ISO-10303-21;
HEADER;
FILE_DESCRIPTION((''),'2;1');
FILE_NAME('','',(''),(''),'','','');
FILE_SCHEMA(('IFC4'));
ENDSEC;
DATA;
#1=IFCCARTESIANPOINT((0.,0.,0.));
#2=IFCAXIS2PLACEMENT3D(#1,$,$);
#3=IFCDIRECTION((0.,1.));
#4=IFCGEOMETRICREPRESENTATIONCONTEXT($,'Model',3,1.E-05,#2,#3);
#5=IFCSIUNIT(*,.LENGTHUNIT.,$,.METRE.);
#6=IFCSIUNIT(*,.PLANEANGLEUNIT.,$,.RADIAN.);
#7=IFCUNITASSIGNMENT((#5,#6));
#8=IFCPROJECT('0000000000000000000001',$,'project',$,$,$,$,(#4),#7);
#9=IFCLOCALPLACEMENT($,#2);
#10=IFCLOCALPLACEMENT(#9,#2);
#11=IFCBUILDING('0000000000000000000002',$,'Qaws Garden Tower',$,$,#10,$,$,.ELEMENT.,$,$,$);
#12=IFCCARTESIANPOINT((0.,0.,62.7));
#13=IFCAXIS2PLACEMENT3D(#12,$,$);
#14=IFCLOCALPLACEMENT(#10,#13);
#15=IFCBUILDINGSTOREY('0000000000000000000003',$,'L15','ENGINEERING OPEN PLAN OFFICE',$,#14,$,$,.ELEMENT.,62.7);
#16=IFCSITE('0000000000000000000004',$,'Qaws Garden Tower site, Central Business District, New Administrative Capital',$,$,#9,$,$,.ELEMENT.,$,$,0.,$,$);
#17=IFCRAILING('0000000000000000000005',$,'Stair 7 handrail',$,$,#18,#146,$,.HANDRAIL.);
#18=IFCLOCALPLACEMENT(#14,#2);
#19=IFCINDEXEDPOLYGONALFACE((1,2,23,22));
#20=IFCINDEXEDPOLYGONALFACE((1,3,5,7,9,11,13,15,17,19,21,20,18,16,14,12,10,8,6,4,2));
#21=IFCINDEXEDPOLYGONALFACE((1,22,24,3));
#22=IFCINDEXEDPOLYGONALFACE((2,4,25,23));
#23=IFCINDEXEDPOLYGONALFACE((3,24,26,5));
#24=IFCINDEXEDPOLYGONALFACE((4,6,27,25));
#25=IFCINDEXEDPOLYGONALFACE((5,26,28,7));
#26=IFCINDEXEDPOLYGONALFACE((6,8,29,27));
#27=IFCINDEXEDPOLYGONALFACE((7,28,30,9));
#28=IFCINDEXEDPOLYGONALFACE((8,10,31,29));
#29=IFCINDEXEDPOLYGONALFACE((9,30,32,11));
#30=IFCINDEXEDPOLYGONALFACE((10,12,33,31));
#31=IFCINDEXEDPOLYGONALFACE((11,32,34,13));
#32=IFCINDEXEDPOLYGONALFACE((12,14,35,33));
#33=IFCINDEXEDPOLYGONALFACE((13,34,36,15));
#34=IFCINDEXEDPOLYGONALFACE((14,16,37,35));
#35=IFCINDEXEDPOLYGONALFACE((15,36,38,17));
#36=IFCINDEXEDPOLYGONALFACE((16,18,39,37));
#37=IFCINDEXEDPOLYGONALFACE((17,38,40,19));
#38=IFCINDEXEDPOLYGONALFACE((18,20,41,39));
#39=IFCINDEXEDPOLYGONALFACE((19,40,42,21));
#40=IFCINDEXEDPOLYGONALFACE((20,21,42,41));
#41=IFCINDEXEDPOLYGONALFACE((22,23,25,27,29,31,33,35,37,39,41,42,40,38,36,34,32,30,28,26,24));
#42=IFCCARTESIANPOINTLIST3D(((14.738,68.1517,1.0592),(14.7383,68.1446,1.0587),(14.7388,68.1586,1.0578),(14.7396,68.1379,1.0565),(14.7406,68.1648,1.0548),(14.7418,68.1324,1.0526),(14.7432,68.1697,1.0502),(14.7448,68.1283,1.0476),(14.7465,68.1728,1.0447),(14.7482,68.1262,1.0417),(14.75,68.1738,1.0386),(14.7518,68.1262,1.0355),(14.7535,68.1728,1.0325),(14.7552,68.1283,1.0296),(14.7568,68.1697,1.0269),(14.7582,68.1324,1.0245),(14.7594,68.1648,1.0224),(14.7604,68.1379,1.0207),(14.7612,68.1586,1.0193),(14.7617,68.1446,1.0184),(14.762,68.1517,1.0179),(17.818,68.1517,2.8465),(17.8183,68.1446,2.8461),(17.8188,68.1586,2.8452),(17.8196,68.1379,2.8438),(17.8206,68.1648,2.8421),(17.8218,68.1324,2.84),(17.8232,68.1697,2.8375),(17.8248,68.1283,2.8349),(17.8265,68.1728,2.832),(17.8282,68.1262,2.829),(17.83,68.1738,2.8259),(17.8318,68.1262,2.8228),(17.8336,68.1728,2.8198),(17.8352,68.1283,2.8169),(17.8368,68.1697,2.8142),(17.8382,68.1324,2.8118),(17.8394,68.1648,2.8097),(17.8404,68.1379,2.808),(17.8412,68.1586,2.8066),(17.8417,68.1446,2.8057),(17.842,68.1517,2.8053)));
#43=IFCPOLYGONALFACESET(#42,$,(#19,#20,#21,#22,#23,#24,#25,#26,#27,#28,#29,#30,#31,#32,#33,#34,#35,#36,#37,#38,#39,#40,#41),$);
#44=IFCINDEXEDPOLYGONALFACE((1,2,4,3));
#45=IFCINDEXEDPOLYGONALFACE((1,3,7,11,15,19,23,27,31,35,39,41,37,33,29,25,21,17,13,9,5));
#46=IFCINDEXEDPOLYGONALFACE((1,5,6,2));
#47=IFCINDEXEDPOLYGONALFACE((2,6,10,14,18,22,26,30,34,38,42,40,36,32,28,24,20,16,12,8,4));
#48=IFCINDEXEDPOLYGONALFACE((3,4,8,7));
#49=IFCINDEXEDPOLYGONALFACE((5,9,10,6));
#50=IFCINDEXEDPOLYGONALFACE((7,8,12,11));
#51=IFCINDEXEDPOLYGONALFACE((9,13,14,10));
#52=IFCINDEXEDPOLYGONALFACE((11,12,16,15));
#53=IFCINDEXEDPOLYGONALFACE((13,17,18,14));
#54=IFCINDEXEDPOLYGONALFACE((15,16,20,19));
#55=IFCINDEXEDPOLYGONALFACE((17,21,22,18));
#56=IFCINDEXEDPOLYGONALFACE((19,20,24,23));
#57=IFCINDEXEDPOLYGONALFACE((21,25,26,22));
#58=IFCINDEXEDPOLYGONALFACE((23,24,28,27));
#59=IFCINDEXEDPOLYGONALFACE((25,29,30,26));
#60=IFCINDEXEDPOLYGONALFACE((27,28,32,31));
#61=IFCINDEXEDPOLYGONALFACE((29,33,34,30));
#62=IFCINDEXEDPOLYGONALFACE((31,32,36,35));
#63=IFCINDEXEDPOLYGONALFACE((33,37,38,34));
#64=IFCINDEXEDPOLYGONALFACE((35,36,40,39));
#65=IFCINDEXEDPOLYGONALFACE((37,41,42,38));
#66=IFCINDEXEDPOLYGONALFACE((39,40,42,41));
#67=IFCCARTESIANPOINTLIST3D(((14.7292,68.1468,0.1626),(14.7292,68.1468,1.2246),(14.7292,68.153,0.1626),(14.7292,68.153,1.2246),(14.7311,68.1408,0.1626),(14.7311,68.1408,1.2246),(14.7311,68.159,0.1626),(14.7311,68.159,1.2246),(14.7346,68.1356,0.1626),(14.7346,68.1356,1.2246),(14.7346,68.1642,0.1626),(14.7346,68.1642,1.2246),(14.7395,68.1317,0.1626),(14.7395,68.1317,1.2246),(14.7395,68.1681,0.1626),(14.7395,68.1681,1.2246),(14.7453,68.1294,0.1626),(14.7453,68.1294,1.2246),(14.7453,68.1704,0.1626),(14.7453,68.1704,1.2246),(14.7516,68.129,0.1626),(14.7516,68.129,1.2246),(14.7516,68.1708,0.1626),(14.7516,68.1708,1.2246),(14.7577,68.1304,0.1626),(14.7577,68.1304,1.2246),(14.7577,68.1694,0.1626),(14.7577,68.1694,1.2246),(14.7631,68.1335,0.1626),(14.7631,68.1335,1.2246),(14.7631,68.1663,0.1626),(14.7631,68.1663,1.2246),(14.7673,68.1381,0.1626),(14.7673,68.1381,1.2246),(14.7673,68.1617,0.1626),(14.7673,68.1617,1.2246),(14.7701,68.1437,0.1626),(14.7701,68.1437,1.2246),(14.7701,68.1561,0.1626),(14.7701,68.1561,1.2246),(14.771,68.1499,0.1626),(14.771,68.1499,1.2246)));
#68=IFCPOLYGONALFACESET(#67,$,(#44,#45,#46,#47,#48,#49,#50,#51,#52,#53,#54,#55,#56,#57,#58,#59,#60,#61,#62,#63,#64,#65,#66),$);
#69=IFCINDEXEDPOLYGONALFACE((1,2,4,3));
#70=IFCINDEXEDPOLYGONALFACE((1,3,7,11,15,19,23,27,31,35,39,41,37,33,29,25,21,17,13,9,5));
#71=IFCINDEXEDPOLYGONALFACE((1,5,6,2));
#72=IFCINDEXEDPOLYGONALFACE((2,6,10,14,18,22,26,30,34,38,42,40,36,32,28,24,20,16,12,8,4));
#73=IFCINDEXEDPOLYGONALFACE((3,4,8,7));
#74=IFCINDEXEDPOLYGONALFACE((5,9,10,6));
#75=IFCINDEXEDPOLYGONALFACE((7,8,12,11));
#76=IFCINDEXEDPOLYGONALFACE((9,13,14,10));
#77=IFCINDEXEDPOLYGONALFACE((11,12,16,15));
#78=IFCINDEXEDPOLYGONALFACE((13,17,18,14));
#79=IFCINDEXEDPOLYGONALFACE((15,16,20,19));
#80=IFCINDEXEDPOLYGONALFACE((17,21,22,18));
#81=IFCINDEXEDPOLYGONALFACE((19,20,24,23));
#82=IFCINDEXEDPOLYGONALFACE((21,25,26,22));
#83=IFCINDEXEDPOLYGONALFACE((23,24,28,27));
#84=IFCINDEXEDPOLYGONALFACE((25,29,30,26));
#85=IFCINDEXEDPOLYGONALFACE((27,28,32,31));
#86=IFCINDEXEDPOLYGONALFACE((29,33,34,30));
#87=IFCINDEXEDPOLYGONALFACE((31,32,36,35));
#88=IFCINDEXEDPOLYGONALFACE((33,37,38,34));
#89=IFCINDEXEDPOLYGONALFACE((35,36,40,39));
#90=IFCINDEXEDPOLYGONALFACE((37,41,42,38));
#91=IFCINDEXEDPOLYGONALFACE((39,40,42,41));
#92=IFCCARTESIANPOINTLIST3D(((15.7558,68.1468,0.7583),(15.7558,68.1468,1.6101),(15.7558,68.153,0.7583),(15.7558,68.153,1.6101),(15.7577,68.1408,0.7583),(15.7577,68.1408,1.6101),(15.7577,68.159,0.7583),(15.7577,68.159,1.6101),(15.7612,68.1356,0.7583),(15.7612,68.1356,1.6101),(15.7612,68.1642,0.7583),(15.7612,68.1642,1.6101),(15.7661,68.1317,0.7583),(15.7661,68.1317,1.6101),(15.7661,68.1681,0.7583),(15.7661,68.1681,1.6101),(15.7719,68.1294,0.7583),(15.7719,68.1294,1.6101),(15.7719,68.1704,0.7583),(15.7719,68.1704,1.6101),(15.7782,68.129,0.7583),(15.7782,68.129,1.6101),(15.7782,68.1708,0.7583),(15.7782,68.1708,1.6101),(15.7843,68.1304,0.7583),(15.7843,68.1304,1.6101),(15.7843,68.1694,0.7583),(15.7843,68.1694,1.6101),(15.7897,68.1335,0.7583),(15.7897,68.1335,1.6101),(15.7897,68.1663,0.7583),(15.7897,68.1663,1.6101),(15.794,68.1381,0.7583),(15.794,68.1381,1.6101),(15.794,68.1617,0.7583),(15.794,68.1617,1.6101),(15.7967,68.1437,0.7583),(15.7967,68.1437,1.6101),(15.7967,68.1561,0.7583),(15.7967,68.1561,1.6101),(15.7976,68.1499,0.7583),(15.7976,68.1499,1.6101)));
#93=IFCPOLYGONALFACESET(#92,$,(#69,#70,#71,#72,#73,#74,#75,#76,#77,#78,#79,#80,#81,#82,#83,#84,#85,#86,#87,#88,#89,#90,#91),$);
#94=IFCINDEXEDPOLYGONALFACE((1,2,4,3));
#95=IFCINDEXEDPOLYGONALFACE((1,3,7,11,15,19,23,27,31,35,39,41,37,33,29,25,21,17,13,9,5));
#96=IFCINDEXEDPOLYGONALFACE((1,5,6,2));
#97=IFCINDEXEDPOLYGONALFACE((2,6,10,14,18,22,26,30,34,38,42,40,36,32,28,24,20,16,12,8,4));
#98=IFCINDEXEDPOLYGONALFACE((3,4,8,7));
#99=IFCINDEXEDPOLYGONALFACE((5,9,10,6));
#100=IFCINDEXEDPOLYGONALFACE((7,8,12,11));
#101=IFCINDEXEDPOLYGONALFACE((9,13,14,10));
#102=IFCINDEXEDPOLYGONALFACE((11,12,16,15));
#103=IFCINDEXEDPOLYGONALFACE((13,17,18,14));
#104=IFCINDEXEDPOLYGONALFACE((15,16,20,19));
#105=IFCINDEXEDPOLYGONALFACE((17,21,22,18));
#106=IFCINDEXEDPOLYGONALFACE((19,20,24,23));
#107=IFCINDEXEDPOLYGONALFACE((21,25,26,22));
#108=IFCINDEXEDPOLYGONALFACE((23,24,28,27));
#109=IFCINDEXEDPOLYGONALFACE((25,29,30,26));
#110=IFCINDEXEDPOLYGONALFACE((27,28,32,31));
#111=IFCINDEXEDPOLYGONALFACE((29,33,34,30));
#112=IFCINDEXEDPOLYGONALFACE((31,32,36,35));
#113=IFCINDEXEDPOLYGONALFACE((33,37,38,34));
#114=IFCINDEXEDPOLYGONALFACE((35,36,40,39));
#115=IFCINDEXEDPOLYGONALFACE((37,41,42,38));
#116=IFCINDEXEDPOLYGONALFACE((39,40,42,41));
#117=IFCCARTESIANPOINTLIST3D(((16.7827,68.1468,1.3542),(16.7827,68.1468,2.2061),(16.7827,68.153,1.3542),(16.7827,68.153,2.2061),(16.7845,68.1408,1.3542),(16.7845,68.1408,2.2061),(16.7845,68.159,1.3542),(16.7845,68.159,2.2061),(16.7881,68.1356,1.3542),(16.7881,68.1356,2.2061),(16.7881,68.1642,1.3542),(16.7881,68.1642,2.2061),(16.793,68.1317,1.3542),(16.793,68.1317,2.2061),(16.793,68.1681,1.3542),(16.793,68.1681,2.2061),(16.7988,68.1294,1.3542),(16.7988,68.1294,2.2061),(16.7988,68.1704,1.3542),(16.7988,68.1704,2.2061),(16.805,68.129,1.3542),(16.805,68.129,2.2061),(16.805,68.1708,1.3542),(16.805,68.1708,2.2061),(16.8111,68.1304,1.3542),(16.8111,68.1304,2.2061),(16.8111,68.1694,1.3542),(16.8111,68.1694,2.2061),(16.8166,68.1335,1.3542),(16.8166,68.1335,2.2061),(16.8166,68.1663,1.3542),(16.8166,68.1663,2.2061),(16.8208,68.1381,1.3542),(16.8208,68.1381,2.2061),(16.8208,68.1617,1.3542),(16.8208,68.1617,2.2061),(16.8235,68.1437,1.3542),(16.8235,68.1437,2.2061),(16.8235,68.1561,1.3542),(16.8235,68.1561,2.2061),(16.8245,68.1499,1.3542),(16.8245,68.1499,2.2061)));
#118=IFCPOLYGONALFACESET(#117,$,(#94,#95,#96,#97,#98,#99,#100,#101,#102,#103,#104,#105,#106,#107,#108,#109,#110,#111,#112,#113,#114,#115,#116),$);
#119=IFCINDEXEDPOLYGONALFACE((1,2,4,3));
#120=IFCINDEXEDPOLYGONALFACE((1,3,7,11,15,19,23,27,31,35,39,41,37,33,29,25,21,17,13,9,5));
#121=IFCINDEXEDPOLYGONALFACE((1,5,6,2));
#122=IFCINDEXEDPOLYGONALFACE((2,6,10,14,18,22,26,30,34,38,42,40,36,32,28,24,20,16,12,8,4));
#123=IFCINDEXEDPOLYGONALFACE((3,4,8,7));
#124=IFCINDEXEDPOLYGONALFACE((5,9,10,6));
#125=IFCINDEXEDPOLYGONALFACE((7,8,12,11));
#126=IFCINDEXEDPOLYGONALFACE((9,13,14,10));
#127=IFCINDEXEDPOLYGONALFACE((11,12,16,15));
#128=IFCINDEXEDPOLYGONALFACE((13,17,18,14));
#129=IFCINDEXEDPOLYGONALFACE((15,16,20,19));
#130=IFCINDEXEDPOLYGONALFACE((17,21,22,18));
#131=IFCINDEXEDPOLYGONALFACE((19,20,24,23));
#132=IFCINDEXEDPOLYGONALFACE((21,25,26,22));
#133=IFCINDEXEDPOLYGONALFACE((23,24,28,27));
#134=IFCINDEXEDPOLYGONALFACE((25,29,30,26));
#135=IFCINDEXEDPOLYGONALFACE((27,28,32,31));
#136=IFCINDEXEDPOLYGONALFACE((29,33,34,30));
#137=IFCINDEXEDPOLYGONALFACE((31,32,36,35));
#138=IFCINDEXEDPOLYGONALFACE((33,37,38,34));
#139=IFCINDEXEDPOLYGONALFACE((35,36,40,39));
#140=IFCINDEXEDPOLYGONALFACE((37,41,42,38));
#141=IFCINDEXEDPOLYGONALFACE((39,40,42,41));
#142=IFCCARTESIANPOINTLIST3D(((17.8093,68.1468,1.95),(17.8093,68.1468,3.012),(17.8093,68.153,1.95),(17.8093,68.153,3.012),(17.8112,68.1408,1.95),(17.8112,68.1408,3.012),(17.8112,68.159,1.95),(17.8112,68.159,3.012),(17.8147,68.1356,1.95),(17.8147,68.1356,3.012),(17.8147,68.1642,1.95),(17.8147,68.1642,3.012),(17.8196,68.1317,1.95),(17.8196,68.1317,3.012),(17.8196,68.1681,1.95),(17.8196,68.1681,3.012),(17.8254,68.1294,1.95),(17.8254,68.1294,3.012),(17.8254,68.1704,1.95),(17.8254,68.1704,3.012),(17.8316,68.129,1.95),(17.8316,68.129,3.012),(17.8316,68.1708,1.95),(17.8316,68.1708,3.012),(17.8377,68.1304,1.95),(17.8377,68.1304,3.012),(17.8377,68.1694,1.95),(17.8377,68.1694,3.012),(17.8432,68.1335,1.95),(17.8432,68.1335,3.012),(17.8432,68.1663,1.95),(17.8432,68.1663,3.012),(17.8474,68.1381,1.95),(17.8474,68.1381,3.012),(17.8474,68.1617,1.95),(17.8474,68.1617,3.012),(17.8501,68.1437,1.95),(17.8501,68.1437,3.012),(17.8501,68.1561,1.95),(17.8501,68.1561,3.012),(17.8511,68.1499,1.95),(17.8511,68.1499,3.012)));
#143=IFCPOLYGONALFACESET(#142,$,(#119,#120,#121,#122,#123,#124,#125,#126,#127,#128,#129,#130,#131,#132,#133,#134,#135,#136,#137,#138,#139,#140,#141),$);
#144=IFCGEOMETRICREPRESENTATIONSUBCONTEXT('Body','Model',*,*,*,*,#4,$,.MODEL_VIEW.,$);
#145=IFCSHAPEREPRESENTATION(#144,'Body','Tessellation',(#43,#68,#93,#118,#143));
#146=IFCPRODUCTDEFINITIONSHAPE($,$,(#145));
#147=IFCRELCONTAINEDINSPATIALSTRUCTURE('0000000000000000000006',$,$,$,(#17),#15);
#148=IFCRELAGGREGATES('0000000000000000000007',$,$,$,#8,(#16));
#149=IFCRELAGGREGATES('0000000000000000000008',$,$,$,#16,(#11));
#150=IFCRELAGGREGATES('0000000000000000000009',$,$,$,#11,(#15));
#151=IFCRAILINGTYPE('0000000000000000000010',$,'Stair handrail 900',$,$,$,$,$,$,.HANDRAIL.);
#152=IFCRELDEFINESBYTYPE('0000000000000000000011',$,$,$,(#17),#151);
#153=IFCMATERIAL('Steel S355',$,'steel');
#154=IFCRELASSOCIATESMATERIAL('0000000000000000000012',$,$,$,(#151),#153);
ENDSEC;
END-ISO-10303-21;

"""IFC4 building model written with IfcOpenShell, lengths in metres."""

from ifc_helpers import new_model, si_unit, direction, frame, origin, origin_2d, place, context, subcontext, project, spatial, circle, extrude, material, type_object, element, save


model = new_model("IFC4")

# Units and contexts
model_context = context("Model", 3, precision=1e-05, world=origin(), true_north=direction((0.0, 1.0)))
body_context = subcontext(model_context, "Body", "Model", "MODEL_VIEW")
ifc_project = project(units=[si_unit("LENGTHUNIT", "METRE"), si_unit("PLANEANGLEUNIT", "RADIAN")], contexts=[model_context])

# Site, building, storey
site_placement = place(None, origin())
site = spatial("IfcSite", under=ifc_project, at=site_placement, Name="Qaws Garden Tower site, Central Business District, New Administrative Capital", CompositionType="ELEMENT", RefElevation=0.0)
building_placement = place(site_placement, origin())
building = spatial("IfcBuilding", under=site, at=building_placement, Name="Qaws Garden Tower", CompositionType="ELEMENT")
storey_placement = place(building_placement, frame((0.0, 0.0, 62.7)))
storey = spatial("IfcBuildingStorey", under=building, at=storey_placement, Name="L15", Description="ENGINEERING OPEN PLAN OFFICE", CompositionType="ELEMENT", Elevation=62.7)

# Railing
ifc_material_1 = material(Name="Steel S355", Category="steel")
railing_type = type_object("IfcRailingType", Name="Stair handrail 900", PredefinedType="HANDRAIL", material=ifc_material_1)
railing_1_placement = place(storey_placement, frame((14.75, 68.1499, 0.1626)))
element("IfcRailing", 1, at=railing_1_placement, inside=storey, type_object=railing_type, Name="Stair 7 handrail", PredefinedType="HANDRAIL", context=body_context, shape_type="SweptSolid", body=[
    extrude(circle(Radius=0.0239, at=origin_2d()), frame((0.0, 0.0, 0.876), z_axis=(0.86492, 0.0, 0.501909), x_axis=(0.0, 1.0, 0.0)), (0.0, 0.0, 1.0), 3.561),
    extrude(circle(Radius=0.021, at=origin_2d()), origin(), (0.0, 0.0, 1.0), 1.062),
    extrude(circle(Radius=0.021, at=origin_2d()), frame((1.0266, 0.0, 0.5957)), (0.0, 0.0, 1.0), 0.8518),
    extrude(circle(Radius=0.021, at=origin_2d()), frame((2.0535, 0.0, 1.1917)), (0.0, 0.0, 1.0), 0.8518),
    extrude(circle(Radius=0.021, at=origin_2d()), frame((3.0801, 0.0, 1.7874)), (0.0, 0.0, 1.0), 1.062),
])

save(model, "model.ifc")
